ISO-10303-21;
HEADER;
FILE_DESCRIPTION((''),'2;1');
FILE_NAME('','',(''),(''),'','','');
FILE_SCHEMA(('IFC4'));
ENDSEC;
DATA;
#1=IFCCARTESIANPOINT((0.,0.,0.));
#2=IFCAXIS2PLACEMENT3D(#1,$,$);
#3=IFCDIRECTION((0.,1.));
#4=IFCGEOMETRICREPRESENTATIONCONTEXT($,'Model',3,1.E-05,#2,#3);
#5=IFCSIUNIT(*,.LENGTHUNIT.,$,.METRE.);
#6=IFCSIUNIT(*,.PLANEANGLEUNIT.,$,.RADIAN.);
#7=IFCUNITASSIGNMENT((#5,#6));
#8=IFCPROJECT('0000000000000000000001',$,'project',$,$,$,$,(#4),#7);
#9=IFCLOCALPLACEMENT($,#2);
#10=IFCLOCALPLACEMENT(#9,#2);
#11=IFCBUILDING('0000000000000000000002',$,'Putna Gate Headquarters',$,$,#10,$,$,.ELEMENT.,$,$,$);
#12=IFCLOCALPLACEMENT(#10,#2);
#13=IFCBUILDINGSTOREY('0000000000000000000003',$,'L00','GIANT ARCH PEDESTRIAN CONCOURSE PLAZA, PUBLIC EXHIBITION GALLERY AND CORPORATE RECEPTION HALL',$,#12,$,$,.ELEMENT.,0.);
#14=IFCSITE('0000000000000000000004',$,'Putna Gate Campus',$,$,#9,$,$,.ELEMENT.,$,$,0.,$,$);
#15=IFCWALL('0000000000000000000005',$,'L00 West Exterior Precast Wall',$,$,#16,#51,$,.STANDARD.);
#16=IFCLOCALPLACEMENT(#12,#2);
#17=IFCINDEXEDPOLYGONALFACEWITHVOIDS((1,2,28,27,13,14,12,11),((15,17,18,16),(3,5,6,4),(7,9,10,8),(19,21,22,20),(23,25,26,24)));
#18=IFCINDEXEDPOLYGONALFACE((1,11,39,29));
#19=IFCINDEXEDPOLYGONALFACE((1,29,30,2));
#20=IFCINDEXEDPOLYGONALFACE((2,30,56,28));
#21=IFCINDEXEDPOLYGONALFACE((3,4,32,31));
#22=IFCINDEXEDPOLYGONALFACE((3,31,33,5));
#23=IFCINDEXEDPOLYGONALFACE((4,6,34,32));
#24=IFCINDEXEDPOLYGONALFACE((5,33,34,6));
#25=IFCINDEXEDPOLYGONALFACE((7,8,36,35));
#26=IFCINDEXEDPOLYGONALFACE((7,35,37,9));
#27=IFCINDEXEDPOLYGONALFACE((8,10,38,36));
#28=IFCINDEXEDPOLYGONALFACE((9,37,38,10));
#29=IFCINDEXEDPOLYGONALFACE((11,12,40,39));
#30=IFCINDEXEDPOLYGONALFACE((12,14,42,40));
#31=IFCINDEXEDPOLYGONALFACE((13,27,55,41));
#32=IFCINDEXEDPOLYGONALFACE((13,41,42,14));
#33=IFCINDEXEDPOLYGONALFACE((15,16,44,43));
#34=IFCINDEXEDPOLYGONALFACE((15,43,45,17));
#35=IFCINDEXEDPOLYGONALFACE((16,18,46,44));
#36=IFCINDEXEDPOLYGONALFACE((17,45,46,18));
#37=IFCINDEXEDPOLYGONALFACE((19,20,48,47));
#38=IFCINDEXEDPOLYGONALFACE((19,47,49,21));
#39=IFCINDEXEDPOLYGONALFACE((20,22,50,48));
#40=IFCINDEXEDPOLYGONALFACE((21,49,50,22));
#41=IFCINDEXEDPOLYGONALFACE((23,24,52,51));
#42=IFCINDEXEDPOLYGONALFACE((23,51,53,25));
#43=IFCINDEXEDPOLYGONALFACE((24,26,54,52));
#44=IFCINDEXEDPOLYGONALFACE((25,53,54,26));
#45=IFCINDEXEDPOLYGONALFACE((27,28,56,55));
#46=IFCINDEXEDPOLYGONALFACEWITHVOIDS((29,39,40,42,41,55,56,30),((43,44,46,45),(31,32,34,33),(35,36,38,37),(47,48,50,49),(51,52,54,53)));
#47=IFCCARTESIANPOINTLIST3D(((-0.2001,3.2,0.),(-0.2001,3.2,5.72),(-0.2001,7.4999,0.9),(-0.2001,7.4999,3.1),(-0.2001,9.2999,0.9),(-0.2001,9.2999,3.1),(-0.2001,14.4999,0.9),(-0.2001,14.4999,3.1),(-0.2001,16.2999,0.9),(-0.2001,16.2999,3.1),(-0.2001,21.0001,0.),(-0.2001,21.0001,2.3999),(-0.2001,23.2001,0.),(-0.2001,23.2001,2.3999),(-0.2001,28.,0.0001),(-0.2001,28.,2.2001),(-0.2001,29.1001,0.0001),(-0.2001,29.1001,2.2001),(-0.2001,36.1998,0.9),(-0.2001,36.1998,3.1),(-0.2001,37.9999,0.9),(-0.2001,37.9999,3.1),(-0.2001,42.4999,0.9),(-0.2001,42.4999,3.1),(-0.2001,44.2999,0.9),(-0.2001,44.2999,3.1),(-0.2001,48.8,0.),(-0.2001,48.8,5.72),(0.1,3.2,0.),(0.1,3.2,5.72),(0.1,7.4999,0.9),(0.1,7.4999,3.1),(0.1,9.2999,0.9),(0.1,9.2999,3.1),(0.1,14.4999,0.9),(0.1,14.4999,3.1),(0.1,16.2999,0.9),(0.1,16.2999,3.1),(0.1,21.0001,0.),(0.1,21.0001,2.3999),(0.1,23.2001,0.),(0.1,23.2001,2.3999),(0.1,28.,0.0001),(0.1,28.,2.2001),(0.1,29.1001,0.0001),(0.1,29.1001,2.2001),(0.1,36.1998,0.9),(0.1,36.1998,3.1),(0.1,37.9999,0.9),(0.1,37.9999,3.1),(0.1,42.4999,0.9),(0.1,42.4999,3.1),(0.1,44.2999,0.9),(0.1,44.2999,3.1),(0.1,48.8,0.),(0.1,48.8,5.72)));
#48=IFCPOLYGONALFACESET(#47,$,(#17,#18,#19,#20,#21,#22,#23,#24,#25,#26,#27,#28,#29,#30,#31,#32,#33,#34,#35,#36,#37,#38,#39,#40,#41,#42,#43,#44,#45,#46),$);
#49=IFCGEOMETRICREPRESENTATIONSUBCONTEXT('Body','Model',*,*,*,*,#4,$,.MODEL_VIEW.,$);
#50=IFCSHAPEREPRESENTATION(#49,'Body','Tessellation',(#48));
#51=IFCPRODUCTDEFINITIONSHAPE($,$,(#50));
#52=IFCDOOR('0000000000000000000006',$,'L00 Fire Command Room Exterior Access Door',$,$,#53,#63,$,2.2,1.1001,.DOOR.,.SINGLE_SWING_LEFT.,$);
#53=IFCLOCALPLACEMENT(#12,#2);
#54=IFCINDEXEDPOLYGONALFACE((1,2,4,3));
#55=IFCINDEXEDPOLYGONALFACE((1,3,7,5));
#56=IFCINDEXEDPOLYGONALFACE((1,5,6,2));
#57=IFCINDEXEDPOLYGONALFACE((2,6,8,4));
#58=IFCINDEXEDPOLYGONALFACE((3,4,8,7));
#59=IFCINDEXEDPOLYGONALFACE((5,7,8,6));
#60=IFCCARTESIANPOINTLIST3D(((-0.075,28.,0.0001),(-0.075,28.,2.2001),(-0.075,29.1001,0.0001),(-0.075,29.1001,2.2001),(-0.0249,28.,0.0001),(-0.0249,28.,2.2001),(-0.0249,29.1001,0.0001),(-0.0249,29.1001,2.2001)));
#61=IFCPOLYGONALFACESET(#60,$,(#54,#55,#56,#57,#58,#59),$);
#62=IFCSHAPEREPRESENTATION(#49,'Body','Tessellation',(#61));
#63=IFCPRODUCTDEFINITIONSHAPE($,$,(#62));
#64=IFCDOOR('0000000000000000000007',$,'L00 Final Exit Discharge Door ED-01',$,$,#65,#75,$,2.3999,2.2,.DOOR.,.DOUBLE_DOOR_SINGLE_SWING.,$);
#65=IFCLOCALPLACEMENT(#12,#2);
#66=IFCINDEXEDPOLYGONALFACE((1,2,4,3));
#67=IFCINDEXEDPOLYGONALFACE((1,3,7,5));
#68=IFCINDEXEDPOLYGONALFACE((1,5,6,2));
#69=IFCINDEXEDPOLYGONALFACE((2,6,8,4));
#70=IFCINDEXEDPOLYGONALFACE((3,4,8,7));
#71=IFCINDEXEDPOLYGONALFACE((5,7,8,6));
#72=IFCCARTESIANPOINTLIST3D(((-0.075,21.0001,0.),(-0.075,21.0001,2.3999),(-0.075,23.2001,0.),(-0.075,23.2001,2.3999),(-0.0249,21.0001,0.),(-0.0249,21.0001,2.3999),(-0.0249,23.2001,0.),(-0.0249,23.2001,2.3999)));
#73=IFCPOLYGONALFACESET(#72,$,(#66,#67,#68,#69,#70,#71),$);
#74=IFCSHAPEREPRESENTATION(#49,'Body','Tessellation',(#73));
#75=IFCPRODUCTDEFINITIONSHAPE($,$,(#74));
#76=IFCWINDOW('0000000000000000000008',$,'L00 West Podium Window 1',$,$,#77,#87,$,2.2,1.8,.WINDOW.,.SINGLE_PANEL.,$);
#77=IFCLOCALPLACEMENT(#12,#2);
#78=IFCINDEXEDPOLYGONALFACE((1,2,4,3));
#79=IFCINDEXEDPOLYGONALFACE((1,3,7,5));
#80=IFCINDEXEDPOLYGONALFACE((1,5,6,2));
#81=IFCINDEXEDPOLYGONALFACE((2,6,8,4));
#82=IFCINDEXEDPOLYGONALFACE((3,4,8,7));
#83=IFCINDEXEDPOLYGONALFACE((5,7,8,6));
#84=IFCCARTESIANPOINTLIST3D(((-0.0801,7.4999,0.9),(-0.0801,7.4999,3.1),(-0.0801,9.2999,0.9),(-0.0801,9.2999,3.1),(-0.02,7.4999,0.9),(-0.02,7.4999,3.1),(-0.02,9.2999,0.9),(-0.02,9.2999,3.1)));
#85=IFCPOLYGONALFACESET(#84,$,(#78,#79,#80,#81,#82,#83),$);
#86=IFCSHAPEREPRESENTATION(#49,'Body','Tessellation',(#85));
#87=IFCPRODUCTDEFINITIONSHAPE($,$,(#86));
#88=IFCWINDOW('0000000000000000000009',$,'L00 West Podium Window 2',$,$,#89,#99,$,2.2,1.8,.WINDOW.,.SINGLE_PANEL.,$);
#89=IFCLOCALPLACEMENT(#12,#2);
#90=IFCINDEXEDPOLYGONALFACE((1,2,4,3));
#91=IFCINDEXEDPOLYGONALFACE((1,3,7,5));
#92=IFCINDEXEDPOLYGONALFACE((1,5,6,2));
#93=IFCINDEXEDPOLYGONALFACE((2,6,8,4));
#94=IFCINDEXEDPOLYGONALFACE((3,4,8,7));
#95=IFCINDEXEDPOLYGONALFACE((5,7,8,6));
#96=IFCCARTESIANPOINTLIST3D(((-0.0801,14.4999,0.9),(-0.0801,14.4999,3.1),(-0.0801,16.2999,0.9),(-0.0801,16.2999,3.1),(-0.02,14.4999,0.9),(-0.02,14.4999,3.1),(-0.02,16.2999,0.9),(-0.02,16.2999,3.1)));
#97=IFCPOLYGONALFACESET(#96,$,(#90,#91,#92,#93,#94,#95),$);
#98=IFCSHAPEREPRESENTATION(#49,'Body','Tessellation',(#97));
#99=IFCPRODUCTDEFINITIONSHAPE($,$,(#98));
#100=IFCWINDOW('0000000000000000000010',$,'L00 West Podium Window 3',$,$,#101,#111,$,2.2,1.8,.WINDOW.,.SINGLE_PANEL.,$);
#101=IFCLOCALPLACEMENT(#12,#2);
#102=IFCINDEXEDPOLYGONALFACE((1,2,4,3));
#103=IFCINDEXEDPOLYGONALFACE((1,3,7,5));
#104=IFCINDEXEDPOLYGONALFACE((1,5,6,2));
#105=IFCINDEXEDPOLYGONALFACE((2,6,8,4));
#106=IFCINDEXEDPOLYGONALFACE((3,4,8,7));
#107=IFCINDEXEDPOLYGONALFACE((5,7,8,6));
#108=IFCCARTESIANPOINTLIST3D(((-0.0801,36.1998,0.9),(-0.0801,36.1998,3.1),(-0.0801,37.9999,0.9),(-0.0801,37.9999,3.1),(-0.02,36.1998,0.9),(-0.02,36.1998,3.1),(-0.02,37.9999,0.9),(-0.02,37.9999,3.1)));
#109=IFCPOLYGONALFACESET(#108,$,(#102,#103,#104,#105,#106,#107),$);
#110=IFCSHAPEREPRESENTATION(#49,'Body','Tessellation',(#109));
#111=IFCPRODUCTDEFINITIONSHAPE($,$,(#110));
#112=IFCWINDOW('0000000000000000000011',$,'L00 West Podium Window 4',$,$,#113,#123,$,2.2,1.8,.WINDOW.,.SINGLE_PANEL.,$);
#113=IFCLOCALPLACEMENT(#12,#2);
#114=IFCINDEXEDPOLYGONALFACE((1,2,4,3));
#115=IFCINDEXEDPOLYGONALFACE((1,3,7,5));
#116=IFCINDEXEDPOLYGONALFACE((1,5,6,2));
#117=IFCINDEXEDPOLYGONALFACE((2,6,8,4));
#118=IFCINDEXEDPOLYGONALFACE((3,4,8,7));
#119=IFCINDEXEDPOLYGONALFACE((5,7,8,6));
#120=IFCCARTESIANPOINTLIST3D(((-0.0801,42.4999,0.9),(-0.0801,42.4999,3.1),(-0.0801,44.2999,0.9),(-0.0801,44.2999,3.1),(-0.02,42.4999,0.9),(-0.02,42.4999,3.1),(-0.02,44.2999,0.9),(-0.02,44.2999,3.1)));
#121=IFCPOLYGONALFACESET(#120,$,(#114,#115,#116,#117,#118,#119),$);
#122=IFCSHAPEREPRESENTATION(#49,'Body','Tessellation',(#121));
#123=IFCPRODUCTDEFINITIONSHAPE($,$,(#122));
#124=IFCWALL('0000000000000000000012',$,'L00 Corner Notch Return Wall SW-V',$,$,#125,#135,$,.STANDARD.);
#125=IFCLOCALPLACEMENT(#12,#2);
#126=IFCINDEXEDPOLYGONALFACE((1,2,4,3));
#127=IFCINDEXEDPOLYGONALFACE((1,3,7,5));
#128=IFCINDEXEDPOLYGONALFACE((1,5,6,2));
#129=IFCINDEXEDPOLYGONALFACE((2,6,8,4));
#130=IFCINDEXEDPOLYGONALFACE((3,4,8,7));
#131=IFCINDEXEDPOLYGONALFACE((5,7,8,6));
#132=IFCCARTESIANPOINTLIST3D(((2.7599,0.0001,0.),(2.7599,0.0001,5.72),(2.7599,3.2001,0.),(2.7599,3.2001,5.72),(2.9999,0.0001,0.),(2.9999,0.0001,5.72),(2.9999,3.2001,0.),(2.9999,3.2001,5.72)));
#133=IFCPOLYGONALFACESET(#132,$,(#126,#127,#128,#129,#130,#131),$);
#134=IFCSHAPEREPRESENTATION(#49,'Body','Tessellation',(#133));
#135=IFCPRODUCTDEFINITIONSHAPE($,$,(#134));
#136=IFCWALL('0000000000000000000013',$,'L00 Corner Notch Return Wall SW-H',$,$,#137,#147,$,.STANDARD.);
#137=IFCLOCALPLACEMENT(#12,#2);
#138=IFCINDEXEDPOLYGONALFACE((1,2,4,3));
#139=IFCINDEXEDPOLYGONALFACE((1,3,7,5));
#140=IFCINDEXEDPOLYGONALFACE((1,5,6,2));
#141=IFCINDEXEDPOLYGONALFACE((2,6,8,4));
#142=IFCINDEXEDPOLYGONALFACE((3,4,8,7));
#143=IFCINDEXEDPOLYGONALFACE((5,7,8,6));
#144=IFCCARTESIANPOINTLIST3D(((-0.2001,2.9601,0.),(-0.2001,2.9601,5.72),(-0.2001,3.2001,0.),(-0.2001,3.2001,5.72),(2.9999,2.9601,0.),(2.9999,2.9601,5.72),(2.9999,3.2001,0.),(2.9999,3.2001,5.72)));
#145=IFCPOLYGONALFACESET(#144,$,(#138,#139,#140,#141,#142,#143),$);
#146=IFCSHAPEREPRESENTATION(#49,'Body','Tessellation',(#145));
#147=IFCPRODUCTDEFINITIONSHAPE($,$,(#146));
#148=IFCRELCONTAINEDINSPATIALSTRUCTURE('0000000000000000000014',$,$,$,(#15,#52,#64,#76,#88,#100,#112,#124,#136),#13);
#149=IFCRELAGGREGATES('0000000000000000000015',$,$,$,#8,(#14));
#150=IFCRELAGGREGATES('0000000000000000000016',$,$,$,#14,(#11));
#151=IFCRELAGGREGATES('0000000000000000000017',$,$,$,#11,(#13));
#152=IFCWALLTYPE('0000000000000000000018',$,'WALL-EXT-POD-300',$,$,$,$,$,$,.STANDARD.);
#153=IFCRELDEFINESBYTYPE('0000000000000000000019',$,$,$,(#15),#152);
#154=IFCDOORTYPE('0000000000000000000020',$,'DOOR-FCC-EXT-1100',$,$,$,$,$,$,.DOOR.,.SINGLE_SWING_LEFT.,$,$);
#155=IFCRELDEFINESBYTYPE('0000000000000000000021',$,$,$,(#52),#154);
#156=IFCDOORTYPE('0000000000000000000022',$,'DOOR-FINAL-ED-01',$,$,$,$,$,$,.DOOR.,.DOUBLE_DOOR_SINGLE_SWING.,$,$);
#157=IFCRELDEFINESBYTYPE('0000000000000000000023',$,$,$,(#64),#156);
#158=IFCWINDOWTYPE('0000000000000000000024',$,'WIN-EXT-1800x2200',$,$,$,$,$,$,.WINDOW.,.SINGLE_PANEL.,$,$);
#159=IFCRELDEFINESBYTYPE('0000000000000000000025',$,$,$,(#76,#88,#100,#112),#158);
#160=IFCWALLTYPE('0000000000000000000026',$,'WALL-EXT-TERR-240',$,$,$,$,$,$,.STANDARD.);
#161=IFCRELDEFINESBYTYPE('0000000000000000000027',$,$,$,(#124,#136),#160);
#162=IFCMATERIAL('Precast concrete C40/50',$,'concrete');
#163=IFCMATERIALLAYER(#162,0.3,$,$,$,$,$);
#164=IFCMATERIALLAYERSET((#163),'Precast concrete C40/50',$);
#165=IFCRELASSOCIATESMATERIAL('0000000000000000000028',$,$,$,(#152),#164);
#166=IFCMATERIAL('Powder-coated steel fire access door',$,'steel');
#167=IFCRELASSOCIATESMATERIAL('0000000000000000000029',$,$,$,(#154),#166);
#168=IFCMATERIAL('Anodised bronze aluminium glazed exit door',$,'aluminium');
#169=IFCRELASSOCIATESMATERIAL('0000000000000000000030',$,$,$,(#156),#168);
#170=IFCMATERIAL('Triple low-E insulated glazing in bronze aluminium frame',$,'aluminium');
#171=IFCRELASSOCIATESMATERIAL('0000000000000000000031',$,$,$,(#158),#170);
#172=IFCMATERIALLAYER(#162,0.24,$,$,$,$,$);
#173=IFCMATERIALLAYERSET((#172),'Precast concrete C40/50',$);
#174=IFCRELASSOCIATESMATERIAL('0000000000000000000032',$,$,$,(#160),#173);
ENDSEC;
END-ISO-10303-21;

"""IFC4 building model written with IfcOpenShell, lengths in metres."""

from ifc_helpers import new_model, si_unit, direction, frame, frame_2d, origin, place, context, subcontext, project, spatial, rectangle, extrude, material, layer, layer_set, type_object, element, fill, save


model = new_model("IFC4")

# Units and contexts
model_context = context("Model", 3, precision=1e-05, world=origin(), true_north=direction((0.0, 1.0)))
body_context = subcontext(model_context, "Body", "Model", "MODEL_VIEW")
ifc_project = project(units=[si_unit("LENGTHUNIT", "METRE"), si_unit("PLANEANGLEUNIT", "RADIAN")], contexts=[model_context])

# Site, building, storey
site_placement = place(None, origin())
site = spatial("IfcSite", under=ifc_project, at=site_placement, Name="Putna Gate Campus", CompositionType="ELEMENT", RefElevation=0.0)
building_placement = place(site_placement, origin())
building = spatial("IfcBuilding", under=site, at=building_placement, Name="Putna Gate Headquarters", CompositionType="ELEMENT")
storey_placement = place(building_placement, origin())
storey = spatial("IfcBuildingStorey", under=building, at=storey_placement, Name="L00", Description="GIANT ARCH PEDESTRIAN CONCOURSE PLAZA, PUBLIC EXHIBITION GALLERY AND CORPORATE RECEPTION HALL", CompositionType="ELEMENT", Elevation=0.0)

# Wall, openings, doors, windows
ifc_material_1 = material(Name="Precast concrete C40/50", Category="concrete")
ifc_layer_1 = layer(ifc_material_1, 0.3)
ifc_layer_set_1 = layer_set([ifc_layer_1], Name="Precast concrete C40/50")
wall_type_1 = type_object("IfcWallType", Name="WALL-EXT-POD-300", PredefinedType="STANDARD", material=ifc_layer_set_1)
wall_placement = place(storey_placement, frame((-0.05, 3.2, 0.0), z_axis=(0.0, 0.0, 1.0), x_axis=(0.0, 1.0, 0.0)))
wall = element("IfcWall", 1, at=wall_placement, inside=storey, type_object=wall_type_1, Name="L00 West Exterior Precast Wall", PredefinedType="STANDARD", context=body_context, shape_type="SweptSolid", body=[
    extrude(rectangle(XDim=45.6001, YDim=0.3, at=frame_2d((22.8, 0.0))), origin(), (0.0, 0.0, 1.0), 5.72),
])
opening_1_placement = place(wall_placement, frame((17.8, 0.0, 0.0)))
opening_1 = element("IfcOpeningElement", 2, at=opening_1_placement, cuts=wall, PredefinedType="OPENING", context=body_context, shape_type="SweptSolid", body=[
    extrude(rectangle(XDim=2.2, YDim=2.3999, at=frame_2d((1.1001, 1.2))), frame((0.0, 0.1599, 0.0), z_axis=(0.0, -1.0, 0.0), x_axis=(1.0, 0.0, 0.0)), (0.0, 0.0, 1.0), 0.3201),
])
opening_2_placement = place(wall_placement, frame((24.8, 0.0, 0.0)))
opening_2 = element("IfcOpeningElement", 3, at=opening_2_placement, cuts=wall, PredefinedType="OPENING", context=body_context, shape_type="SweptSolid", body=[
    extrude(rectangle(XDim=1.1001, YDim=2.2, at=frame_2d((0.55, 1.1001))), frame((0.0, 0.1599, 0.0), z_axis=(0.0, -1.0, 0.0), x_axis=(1.0, 0.0, 0.0)), (0.0, 0.0, 1.0), 0.3201),
])
opening_3_placement = place(wall_placement, frame((4.3, 0.0, 0.8999)))
opening_3 = element("IfcOpeningElement", 4, at=opening_3_placement, cuts=wall, PredefinedType="OPENING", context=body_context, shape_type="SweptSolid", body=[
    extrude(rectangle(XDim=1.8, YDim=2.2, at=frame_2d((0.8999, 1.1001))), frame((0.0, 0.1599, 0.0), z_axis=(0.0, -1.0, 0.0), x_axis=(1.0, 0.0, 0.0)), (0.0, 0.0, 1.0), 0.3201),
])
opening_4_placement = place(wall_placement, frame((11.3, 0.0, 0.8999)))
opening_4 = element("IfcOpeningElement", 5, at=opening_4_placement, cuts=wall, PredefinedType="OPENING", context=body_context, shape_type="SweptSolid", body=[
    extrude(rectangle(XDim=1.8, YDim=2.2, at=frame_2d((0.8999, 1.1001))), frame((0.0, 0.1599, 0.0), z_axis=(0.0, -1.0, 0.0), x_axis=(1.0, 0.0, 0.0)), (0.0, 0.0, 1.0), 0.3201),
])
opening_5_placement = place(wall_placement, frame((33.0, 0.0, 0.8999)))
opening_5 = element("IfcOpeningElement", 6, at=opening_5_placement, cuts=wall, PredefinedType="OPENING", context=body_context, shape_type="SweptSolid", body=[
    extrude(rectangle(XDim=1.8, YDim=2.2, at=frame_2d((0.8999, 1.1001))), frame((0.0, 0.1599, 0.0), z_axis=(0.0, -1.0, 0.0), x_axis=(1.0, 0.0, 0.0)), (0.0, 0.0, 1.0), 0.3201),
])
opening_6_placement = place(wall_placement, frame((39.3, 0.0, 0.8999)))
opening_6 = element("IfcOpeningElement", 7, at=opening_6_placement, cuts=wall, PredefinedType="OPENING", context=body_context, shape_type="SweptSolid", body=[
    extrude(rectangle(XDim=1.8, YDim=2.2, at=frame_2d((0.8999, 1.1001))), frame((0.0, 0.1599, 0.0), z_axis=(0.0, -1.0, 0.0), x_axis=(1.0, 0.0, 0.0)), (0.0, 0.0, 1.0), 0.3201),
])
ifc_material_2 = material(Name="Powder-coated steel fire access door", Category="steel")
door_type_1 = type_object("IfcDoorType", Name="DOOR-FCC-EXT-1100", OperationType="SINGLE_SWING_LEFT", PredefinedType="DOOR", material=ifc_material_2)
door_1_placement = place(opening_2_placement, origin())
door_1 = element("IfcDoor", 8, at=door_1_placement, inside=storey, type_object=door_type_1, Name="L00 Fire Command Room Exterior Access Door", OperationType="SINGLE_SWING_LEFT", OverallHeight=2.2, OverallWidth=1.1001, PredefinedType="DOOR", context=body_context, shape_type="SweptSolid", body=[
    extrude(rectangle(XDim=1.1001, YDim=2.2, at=frame_2d((0.55, 1.1001))), frame((0.0, 0.0249, 0.0), z_axis=(0.0, -1.0, 0.0), x_axis=(1.0, 0.0, 0.0)), (0.0, 0.0, 1.0), 0.05),
])
fill(opening_2, door_1)
ifc_material_3 = material(Name="Anodised bronze aluminium glazed exit door", Category="aluminium")
door_type_2 = type_object("IfcDoorType", Name="DOOR-FINAL-ED-01", OperationType="DOUBLE_DOOR_SINGLE_SWING", PredefinedType="DOOR", material=ifc_material_3)
door_2_placement = place(opening_1_placement, origin())
door_2 = element("IfcDoor", 9, at=door_2_placement, inside=storey, type_object=door_type_2, Name="L00 Final Exit Discharge Door ED-01", OperationType="DOUBLE_DOOR_SINGLE_SWING", OverallHeight=2.3999, OverallWidth=2.2, PredefinedType="DOOR", context=body_context, shape_type="SweptSolid", body=[
    extrude(rectangle(XDim=2.2, YDim=2.3999, at=frame_2d((1.1001, 1.2))), frame((0.0, 0.0249, 0.0), z_axis=(0.0, -1.0, 0.0), x_axis=(1.0, 0.0, 0.0)), (0.0, 0.0, 1.0), 0.05),
])
fill(opening_1, door_2)
ifc_material_4 = material(Name="Triple low-E insulated glazing in bronze aluminium frame", Category="aluminium")
window_type = type_object("IfcWindowType", Name="WIN-EXT-1800x2200", PartitioningType="SINGLE_PANEL", PredefinedType="WINDOW", material=ifc_material_4)
window_1_placement = place(opening_3_placement, origin())
window_1 = element("IfcWindow", 10, at=window_1_placement, inside=storey, type_object=window_type, Name="L00 West Podium Window 1", OverallHeight=2.2, OverallWidth=1.8, PartitioningType="SINGLE_PANEL", PredefinedType="WINDOW", context=body_context, shape_type="SweptSolid", body=[
    extrude(rectangle(XDim=1.8, YDim=2.2, at=frame_2d((0.8999, 1.1001))), frame((0.0, 0.03, 0.0), z_axis=(0.0, -1.0, 0.0), x_axis=(1.0, 0.0, 0.0)), (0.0, 0.0, 1.0), 0.0601),
])
fill(opening_3, window_1)
window_2_placement = place(opening_4_placement, origin())
window_2 = element("IfcWindow", 11, at=window_2_placement, inside=storey, type_object=window_type, Name="L00 West Podium Window 2", OverallHeight=2.2, OverallWidth=1.8, PartitioningType="SINGLE_PANEL", PredefinedType="WINDOW", context=body_context, shape_type="SweptSolid", body=[
    extrude(rectangle(XDim=1.8, YDim=2.2, at=frame_2d((0.8999, 1.1001))), frame((0.0, 0.03, 0.0), z_axis=(0.0, -1.0, 0.0), x_axis=(1.0, 0.0, 0.0)), (0.0, 0.0, 1.0), 0.0601),
])
fill(opening_4, window_2)
window_3_placement = place(opening_5_placement, origin())
window_3 = element("IfcWindow", 12, at=window_3_placement, inside=storey, type_object=window_type, Name="L00 West Podium Window 3", OverallHeight=2.2, OverallWidth=1.8, PartitioningType="SINGLE_PANEL", PredefinedType="WINDOW", context=body_context, shape_type="SweptSolid", body=[
    extrude(rectangle(XDim=1.8, YDim=2.2, at=frame_2d((0.8999, 1.1001))), frame((0.0, 0.03, 0.0), z_axis=(0.0, -1.0, 0.0), x_axis=(1.0, 0.0, 0.0)), (0.0, 0.0, 1.0), 0.0601),
])
fill(opening_5, window_3)
window_4_placement = place(opening_6_placement, origin())
window_4 = element("IfcWindow", 13, at=window_4_placement, inside=storey, type_object=window_type, Name="L00 West Podium Window 4", OverallHeight=2.2, OverallWidth=1.8, PartitioningType="SINGLE_PANEL", PredefinedType="WINDOW", context=body_context, shape_type="SweptSolid", body=[
    extrude(rectangle(XDim=1.8, YDim=2.2, at=frame_2d((0.8999, 1.1001))), frame((0.0, 0.03, 0.0), z_axis=(0.0, -1.0, 0.0), x_axis=(1.0, 0.0, 0.0)), (0.0, 0.0, 1.0), 0.0601),
])
fill(opening_6, window_4)

# Walls
ifc_layer_2 = layer(ifc_material_1, 0.24)
ifc_layer_set_2 = layer_set([ifc_layer_2], Name="Precast concrete C40/50")
wall_type_2 = type_object("IfcWallType", Name="WALL-EXT-TERR-240", PredefinedType="STANDARD", material=ifc_layer_set_2)
for number, where, z_axis, x_axis, name in (
    (14, (2.8799, 0.0, 0.0), (0.0, 0.0, 1.0), (0.0, 1.0, 0.0), "L00 Corner Notch Return Wall SW-V"),
    (15, (3.0, 3.0801, 0.0), (0.0, 0.0, 1.0), (-1.0, 0.0, 0.0), "L00 Corner Notch Return Wall SW-H"),
):
    element("IfcWall", number, at=place(storey_placement, frame(where, z_axis=z_axis, x_axis=x_axis)), inside=storey, type_object=wall_type_2, Name=name, PredefinedType="STANDARD", context=body_context, shape_type="SweptSolid", body=[
        extrude(rectangle(XDim=3.2, YDim=0.24, at=frame_2d((1.6001, 0.0))), origin(), (0.0, 0.0, 1.0), 5.72),
    ])

save(model, "model.ifc")
